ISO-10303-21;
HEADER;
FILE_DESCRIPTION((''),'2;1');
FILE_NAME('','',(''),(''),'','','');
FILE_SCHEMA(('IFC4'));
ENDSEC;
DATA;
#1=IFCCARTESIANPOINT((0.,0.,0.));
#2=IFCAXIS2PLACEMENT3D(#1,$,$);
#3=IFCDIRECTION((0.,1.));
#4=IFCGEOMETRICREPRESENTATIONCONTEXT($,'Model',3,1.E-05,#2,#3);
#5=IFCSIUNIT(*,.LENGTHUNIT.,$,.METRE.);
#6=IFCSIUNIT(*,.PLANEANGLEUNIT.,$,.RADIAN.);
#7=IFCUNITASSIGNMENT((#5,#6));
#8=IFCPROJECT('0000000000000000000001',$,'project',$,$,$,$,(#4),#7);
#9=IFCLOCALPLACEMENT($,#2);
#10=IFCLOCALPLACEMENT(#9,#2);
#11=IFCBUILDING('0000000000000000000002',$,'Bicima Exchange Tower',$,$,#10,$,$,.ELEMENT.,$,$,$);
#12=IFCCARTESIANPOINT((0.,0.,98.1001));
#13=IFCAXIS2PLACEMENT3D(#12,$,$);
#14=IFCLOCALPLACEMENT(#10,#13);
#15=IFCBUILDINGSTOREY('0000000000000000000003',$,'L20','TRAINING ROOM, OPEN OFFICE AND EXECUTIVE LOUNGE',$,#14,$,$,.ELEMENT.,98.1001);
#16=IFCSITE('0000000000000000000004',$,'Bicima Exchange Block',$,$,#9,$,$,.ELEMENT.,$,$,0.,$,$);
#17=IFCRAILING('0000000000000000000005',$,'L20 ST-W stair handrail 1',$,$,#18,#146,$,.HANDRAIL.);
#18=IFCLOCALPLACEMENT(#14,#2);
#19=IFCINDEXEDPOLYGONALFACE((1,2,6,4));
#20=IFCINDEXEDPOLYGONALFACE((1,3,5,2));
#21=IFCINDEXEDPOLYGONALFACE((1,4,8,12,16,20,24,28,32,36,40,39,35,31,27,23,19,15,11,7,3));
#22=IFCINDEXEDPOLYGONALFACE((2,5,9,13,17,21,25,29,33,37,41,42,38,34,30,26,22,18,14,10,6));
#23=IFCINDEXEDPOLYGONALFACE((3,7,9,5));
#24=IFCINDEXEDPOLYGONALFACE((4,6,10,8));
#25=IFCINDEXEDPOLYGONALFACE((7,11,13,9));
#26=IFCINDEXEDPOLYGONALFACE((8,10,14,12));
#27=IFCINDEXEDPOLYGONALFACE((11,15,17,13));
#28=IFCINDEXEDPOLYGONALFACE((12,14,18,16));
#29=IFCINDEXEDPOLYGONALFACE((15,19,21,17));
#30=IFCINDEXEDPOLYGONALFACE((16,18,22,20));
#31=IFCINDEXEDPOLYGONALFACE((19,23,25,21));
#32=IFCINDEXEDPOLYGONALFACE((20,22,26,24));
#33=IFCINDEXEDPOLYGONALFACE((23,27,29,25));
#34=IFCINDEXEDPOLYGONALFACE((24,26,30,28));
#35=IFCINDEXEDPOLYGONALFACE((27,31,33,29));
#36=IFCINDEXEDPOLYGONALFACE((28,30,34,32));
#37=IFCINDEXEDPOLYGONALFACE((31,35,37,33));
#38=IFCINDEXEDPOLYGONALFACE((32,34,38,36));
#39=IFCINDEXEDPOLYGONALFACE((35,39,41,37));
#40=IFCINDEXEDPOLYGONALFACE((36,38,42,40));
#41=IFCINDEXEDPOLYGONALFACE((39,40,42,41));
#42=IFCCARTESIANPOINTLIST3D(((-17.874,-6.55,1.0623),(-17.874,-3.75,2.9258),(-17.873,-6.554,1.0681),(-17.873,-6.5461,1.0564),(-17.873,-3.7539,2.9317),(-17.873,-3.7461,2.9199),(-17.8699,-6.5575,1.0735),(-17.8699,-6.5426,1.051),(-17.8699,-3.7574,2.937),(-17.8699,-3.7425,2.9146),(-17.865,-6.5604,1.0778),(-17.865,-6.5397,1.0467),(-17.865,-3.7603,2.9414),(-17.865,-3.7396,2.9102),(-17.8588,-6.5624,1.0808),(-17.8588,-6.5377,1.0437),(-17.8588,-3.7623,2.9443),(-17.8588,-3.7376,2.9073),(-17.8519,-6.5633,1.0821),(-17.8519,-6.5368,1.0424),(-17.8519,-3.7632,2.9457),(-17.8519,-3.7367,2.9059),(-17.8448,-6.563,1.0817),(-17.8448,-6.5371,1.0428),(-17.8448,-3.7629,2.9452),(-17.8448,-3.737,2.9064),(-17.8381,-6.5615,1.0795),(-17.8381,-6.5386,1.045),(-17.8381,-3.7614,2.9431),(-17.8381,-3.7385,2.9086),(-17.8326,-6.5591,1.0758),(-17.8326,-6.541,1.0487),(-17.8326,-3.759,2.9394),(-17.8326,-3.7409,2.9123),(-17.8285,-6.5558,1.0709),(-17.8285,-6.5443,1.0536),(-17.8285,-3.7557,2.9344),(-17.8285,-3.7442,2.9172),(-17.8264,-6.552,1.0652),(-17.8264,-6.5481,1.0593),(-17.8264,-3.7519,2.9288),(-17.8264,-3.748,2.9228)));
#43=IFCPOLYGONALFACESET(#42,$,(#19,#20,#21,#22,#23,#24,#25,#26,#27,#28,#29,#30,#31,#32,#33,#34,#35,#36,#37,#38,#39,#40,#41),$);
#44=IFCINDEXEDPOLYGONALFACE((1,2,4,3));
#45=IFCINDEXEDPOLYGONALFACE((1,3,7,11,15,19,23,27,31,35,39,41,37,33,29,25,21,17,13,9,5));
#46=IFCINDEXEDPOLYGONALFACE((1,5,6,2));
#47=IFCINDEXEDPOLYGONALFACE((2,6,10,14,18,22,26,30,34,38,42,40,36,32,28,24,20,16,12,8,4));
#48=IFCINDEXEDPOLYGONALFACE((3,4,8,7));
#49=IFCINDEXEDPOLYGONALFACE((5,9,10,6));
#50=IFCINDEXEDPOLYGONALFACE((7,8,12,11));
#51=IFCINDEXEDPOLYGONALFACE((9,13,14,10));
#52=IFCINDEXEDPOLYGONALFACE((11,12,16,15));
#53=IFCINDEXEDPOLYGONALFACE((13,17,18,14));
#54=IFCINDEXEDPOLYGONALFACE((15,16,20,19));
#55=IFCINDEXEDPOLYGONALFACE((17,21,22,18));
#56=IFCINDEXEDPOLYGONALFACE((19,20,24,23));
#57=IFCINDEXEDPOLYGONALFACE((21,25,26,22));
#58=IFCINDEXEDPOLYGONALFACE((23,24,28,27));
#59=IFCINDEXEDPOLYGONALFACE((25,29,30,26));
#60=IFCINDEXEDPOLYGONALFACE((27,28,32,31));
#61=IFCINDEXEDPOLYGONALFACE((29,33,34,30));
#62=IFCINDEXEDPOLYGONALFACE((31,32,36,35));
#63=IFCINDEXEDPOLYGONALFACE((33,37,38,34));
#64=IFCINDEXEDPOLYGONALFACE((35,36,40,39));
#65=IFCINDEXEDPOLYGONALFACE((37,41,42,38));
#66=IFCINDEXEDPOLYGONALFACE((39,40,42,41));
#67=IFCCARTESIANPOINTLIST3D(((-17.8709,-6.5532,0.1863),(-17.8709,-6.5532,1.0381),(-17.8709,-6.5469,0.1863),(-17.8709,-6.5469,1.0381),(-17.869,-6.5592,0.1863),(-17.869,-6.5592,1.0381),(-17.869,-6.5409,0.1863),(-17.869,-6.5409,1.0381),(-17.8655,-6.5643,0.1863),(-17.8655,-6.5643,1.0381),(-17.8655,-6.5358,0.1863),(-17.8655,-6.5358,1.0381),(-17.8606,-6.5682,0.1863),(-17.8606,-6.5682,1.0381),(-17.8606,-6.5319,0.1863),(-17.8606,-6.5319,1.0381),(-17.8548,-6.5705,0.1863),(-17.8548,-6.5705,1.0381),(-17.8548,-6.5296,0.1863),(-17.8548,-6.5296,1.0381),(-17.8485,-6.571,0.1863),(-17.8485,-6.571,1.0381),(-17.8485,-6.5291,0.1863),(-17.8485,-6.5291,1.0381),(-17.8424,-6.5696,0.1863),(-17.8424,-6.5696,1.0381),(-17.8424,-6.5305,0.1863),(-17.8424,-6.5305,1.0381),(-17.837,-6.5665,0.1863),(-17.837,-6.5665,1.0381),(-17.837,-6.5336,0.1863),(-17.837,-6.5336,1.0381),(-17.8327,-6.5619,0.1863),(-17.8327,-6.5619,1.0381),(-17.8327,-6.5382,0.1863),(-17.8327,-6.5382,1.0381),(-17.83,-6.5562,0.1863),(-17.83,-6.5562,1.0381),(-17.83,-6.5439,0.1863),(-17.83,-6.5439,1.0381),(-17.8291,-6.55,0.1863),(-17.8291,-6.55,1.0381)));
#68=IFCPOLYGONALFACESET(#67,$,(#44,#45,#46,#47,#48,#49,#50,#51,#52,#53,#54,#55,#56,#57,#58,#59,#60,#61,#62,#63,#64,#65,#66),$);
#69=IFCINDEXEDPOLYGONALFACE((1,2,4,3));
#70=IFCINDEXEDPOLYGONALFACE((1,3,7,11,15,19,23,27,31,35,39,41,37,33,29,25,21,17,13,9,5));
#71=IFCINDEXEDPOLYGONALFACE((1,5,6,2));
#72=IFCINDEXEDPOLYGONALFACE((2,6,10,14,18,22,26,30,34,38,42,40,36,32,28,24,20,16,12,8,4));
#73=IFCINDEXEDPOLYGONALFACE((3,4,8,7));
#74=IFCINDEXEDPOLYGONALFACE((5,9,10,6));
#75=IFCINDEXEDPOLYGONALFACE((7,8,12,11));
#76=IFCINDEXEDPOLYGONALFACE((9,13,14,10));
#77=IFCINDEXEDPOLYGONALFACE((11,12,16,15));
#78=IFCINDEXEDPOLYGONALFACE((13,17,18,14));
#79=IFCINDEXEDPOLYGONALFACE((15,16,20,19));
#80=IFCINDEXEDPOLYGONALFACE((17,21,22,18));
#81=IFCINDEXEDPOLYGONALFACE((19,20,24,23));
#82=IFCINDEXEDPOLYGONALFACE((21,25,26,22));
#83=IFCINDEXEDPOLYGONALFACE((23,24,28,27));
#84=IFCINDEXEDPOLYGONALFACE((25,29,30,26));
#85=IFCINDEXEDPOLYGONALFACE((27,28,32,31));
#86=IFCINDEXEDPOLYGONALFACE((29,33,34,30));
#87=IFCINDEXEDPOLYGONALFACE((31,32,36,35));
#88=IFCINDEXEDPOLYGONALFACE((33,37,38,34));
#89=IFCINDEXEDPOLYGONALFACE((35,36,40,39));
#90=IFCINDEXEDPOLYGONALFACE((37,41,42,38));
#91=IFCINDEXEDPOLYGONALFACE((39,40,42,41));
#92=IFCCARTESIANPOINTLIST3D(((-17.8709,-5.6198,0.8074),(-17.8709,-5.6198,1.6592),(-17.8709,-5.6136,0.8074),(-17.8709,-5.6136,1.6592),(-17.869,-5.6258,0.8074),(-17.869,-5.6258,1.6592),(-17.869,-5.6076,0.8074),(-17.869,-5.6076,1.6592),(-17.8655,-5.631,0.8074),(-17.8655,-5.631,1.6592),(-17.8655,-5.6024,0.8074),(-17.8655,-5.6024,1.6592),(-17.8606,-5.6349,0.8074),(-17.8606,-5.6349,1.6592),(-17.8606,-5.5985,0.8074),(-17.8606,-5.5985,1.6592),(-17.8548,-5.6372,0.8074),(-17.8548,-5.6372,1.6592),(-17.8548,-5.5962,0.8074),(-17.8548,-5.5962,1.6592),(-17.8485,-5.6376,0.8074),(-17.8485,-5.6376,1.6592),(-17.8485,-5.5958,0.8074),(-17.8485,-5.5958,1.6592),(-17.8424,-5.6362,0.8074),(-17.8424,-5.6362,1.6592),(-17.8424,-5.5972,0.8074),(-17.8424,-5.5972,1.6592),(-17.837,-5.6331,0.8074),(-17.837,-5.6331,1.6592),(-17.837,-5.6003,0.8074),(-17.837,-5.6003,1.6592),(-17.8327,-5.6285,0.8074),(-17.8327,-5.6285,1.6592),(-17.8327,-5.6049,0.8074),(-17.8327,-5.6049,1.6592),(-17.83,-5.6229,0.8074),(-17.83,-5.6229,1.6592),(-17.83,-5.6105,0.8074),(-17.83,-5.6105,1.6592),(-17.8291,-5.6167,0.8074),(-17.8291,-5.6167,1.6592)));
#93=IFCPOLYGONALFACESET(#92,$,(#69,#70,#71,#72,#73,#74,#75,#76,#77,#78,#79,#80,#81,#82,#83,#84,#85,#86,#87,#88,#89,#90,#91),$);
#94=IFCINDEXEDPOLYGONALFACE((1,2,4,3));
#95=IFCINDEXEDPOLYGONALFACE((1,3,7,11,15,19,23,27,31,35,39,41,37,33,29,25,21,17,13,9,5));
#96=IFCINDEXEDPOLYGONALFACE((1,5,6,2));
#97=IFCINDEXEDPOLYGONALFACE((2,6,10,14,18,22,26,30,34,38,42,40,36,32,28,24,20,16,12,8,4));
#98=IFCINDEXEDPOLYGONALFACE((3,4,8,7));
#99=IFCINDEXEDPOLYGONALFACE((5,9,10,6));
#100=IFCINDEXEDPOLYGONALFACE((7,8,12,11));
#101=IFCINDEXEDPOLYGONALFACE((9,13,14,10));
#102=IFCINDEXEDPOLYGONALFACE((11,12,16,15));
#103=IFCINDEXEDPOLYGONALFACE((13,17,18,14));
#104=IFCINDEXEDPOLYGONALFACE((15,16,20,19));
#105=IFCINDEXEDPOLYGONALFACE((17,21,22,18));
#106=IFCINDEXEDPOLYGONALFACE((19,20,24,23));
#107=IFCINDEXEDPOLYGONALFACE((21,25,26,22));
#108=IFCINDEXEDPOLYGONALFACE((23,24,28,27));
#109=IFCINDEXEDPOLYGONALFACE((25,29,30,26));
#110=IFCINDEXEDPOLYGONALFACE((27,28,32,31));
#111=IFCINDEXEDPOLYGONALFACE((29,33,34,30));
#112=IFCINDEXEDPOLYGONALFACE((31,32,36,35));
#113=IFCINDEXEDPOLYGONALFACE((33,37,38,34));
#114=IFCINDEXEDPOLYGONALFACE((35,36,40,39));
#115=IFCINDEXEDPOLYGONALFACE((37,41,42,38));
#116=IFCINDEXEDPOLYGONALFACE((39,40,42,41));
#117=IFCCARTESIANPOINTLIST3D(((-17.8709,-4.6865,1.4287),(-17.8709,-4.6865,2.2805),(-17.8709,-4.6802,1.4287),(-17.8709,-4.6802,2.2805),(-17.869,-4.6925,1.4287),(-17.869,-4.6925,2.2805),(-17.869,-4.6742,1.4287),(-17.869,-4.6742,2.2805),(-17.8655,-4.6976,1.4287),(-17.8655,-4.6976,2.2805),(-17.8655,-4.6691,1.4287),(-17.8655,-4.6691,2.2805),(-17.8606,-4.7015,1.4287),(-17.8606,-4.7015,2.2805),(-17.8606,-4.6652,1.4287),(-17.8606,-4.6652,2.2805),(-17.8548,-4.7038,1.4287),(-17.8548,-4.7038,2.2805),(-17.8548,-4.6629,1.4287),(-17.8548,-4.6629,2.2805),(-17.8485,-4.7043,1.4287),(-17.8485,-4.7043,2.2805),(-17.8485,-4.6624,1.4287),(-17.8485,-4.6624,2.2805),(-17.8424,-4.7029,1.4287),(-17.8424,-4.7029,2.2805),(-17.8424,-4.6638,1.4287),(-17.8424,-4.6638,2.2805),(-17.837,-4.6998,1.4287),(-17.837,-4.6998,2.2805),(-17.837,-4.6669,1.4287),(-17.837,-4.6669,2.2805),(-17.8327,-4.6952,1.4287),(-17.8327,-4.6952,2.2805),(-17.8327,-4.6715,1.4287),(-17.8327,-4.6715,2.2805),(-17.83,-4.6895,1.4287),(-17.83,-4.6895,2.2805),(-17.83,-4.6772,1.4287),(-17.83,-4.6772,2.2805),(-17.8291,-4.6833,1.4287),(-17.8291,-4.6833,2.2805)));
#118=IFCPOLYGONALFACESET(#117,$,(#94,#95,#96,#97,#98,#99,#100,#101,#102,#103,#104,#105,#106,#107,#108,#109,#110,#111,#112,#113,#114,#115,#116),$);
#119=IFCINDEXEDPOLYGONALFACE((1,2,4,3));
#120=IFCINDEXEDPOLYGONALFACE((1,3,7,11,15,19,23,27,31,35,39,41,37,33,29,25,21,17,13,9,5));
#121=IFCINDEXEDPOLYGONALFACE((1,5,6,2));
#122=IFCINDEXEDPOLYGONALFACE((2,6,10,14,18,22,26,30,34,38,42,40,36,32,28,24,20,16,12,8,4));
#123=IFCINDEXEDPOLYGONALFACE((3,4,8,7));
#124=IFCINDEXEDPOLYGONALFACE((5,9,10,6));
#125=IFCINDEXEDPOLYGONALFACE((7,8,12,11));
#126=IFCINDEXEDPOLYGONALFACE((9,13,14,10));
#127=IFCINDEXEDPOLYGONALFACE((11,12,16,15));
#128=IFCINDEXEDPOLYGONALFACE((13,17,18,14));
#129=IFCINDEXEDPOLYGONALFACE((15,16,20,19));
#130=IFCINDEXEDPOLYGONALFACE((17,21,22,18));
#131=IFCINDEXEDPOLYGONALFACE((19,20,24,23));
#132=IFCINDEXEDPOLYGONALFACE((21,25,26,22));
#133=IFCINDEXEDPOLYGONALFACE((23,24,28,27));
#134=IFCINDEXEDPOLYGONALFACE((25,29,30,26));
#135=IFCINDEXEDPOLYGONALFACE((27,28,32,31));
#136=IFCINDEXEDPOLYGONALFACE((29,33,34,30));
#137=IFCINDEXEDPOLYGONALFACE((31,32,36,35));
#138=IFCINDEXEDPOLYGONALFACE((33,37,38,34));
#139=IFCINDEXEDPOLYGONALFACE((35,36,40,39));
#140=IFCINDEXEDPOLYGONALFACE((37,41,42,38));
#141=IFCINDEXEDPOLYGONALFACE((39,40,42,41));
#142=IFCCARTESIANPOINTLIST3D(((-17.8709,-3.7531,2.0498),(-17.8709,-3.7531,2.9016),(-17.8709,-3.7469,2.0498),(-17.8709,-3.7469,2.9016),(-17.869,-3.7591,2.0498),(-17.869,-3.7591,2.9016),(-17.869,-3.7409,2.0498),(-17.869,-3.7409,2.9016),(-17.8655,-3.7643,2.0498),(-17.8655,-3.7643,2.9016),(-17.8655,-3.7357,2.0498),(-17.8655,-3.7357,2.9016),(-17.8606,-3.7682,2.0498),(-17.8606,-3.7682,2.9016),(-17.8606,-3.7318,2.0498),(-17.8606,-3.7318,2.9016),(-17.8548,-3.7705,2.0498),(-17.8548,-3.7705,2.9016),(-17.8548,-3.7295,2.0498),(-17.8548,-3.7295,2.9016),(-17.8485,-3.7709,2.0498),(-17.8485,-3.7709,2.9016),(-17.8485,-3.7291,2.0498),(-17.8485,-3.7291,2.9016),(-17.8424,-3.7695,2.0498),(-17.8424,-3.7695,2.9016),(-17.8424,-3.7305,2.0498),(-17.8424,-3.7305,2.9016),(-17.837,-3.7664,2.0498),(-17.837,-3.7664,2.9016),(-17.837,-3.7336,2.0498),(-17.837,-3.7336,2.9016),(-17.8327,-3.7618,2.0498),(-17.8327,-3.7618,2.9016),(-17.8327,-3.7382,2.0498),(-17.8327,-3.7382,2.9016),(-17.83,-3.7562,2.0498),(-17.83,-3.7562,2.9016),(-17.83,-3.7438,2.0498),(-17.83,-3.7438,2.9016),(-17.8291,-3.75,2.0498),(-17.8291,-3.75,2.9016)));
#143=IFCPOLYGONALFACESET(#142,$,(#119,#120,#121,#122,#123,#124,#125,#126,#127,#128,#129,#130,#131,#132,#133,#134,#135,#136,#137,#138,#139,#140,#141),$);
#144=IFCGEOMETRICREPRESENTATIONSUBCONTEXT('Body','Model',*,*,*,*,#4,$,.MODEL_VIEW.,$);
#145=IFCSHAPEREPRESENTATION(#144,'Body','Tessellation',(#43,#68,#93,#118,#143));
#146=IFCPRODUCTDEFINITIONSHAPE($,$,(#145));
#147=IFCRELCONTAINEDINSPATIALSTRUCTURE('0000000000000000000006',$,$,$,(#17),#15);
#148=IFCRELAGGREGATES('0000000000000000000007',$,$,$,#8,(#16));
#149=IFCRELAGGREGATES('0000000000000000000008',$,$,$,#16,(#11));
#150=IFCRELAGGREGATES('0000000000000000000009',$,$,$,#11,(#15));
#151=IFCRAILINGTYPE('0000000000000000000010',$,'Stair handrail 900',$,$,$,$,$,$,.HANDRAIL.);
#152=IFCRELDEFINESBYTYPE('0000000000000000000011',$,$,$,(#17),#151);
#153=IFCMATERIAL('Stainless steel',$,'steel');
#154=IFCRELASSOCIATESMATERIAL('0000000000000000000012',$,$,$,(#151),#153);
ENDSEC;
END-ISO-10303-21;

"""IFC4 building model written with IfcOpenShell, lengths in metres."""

from ifc_helpers import new_model, si_unit, direction, frame, origin, origin_2d, place, context, subcontext, project, spatial, circle, extrude, material, type_object, element, save


model = new_model("IFC4")

# Units and contexts
model_context = context("Model", 3, precision=1e-05, world=origin(), true_north=direction((0.0, 1.0)))
body_context = subcontext(model_context, "Body", "Model", "MODEL_VIEW")
ifc_project = project(units=[si_unit("LENGTHUNIT", "METRE"), si_unit("PLANEANGLEUNIT", "RADIAN")], contexts=[model_context])

# Site, building, storey
site_placement = place(None, origin())
site = spatial("IfcSite", under=ifc_project, at=site_placement, Name="Bicima Exchange Block", CompositionType="ELEMENT", RefElevation=0.0)
building_placement = place(site_placement, origin())
building = spatial("IfcBuilding", under=site, at=building_placement, Name="Bicima Exchange Tower", CompositionType="ELEMENT")
storey_placement = place(building_placement, frame((0.0, 0.0, 98.1001)))
storey = spatial("IfcBuildingStorey", under=building, at=storey_placement, Name="L20", Description="TRAINING ROOM, OPEN OFFICE AND EXECUTIVE LOUNGE", CompositionType="ELEMENT", Elevation=98.1001)

# Shared definitions
ifc_material_1 = material(Name="Stainless steel", Category="steel")

# Railing
railing_type_1 = type_object("IfcRailingType", Name="Stair handrail 900", PredefinedType="HANDRAIL", material=ifc_material_1)
railing_1_placement = place(storey_placement, frame((-17.8501, -6.55, 0.1863)))
element("IfcRailing", 1, at=railing_1_placement, inside=storey, type_object=railing_type_1, Name="L20 ST-W stair handrail 1", PredefinedType="HANDRAIL", context=body_context, shape_type="SweptSolid", body=[
    extrude(circle(Radius=0.0239, at=origin_2d()), frame((0.0, 0.0, 0.876), z_axis=(0.0, 0.832486, 0.554047), x_axis=(-1.0, 0.0, 0.0)), (0.0, 0.0, 1.0), 3.3635),
    extrude(circle(Radius=0.021, at=origin_2d()), origin(), (0.0, 0.0, 1.0), 0.8518),
    extrude(circle(Radius=0.021, at=origin_2d()), frame((0.0, 0.9333, 0.6211)), (0.0, 0.0, 1.0), 0.8518),
    extrude(circle(Radius=0.021, at=origin_2d()), frame((0.0, 1.8667, 1.2424)), (0.0, 0.0, 1.0), 0.8518),
    extrude(circle(Radius=0.021, at=origin_2d()), frame((0.0, 2.8, 1.8635)), (0.0, 0.0, 1.0), 0.8518),
])

save(model, "model.ifc")
